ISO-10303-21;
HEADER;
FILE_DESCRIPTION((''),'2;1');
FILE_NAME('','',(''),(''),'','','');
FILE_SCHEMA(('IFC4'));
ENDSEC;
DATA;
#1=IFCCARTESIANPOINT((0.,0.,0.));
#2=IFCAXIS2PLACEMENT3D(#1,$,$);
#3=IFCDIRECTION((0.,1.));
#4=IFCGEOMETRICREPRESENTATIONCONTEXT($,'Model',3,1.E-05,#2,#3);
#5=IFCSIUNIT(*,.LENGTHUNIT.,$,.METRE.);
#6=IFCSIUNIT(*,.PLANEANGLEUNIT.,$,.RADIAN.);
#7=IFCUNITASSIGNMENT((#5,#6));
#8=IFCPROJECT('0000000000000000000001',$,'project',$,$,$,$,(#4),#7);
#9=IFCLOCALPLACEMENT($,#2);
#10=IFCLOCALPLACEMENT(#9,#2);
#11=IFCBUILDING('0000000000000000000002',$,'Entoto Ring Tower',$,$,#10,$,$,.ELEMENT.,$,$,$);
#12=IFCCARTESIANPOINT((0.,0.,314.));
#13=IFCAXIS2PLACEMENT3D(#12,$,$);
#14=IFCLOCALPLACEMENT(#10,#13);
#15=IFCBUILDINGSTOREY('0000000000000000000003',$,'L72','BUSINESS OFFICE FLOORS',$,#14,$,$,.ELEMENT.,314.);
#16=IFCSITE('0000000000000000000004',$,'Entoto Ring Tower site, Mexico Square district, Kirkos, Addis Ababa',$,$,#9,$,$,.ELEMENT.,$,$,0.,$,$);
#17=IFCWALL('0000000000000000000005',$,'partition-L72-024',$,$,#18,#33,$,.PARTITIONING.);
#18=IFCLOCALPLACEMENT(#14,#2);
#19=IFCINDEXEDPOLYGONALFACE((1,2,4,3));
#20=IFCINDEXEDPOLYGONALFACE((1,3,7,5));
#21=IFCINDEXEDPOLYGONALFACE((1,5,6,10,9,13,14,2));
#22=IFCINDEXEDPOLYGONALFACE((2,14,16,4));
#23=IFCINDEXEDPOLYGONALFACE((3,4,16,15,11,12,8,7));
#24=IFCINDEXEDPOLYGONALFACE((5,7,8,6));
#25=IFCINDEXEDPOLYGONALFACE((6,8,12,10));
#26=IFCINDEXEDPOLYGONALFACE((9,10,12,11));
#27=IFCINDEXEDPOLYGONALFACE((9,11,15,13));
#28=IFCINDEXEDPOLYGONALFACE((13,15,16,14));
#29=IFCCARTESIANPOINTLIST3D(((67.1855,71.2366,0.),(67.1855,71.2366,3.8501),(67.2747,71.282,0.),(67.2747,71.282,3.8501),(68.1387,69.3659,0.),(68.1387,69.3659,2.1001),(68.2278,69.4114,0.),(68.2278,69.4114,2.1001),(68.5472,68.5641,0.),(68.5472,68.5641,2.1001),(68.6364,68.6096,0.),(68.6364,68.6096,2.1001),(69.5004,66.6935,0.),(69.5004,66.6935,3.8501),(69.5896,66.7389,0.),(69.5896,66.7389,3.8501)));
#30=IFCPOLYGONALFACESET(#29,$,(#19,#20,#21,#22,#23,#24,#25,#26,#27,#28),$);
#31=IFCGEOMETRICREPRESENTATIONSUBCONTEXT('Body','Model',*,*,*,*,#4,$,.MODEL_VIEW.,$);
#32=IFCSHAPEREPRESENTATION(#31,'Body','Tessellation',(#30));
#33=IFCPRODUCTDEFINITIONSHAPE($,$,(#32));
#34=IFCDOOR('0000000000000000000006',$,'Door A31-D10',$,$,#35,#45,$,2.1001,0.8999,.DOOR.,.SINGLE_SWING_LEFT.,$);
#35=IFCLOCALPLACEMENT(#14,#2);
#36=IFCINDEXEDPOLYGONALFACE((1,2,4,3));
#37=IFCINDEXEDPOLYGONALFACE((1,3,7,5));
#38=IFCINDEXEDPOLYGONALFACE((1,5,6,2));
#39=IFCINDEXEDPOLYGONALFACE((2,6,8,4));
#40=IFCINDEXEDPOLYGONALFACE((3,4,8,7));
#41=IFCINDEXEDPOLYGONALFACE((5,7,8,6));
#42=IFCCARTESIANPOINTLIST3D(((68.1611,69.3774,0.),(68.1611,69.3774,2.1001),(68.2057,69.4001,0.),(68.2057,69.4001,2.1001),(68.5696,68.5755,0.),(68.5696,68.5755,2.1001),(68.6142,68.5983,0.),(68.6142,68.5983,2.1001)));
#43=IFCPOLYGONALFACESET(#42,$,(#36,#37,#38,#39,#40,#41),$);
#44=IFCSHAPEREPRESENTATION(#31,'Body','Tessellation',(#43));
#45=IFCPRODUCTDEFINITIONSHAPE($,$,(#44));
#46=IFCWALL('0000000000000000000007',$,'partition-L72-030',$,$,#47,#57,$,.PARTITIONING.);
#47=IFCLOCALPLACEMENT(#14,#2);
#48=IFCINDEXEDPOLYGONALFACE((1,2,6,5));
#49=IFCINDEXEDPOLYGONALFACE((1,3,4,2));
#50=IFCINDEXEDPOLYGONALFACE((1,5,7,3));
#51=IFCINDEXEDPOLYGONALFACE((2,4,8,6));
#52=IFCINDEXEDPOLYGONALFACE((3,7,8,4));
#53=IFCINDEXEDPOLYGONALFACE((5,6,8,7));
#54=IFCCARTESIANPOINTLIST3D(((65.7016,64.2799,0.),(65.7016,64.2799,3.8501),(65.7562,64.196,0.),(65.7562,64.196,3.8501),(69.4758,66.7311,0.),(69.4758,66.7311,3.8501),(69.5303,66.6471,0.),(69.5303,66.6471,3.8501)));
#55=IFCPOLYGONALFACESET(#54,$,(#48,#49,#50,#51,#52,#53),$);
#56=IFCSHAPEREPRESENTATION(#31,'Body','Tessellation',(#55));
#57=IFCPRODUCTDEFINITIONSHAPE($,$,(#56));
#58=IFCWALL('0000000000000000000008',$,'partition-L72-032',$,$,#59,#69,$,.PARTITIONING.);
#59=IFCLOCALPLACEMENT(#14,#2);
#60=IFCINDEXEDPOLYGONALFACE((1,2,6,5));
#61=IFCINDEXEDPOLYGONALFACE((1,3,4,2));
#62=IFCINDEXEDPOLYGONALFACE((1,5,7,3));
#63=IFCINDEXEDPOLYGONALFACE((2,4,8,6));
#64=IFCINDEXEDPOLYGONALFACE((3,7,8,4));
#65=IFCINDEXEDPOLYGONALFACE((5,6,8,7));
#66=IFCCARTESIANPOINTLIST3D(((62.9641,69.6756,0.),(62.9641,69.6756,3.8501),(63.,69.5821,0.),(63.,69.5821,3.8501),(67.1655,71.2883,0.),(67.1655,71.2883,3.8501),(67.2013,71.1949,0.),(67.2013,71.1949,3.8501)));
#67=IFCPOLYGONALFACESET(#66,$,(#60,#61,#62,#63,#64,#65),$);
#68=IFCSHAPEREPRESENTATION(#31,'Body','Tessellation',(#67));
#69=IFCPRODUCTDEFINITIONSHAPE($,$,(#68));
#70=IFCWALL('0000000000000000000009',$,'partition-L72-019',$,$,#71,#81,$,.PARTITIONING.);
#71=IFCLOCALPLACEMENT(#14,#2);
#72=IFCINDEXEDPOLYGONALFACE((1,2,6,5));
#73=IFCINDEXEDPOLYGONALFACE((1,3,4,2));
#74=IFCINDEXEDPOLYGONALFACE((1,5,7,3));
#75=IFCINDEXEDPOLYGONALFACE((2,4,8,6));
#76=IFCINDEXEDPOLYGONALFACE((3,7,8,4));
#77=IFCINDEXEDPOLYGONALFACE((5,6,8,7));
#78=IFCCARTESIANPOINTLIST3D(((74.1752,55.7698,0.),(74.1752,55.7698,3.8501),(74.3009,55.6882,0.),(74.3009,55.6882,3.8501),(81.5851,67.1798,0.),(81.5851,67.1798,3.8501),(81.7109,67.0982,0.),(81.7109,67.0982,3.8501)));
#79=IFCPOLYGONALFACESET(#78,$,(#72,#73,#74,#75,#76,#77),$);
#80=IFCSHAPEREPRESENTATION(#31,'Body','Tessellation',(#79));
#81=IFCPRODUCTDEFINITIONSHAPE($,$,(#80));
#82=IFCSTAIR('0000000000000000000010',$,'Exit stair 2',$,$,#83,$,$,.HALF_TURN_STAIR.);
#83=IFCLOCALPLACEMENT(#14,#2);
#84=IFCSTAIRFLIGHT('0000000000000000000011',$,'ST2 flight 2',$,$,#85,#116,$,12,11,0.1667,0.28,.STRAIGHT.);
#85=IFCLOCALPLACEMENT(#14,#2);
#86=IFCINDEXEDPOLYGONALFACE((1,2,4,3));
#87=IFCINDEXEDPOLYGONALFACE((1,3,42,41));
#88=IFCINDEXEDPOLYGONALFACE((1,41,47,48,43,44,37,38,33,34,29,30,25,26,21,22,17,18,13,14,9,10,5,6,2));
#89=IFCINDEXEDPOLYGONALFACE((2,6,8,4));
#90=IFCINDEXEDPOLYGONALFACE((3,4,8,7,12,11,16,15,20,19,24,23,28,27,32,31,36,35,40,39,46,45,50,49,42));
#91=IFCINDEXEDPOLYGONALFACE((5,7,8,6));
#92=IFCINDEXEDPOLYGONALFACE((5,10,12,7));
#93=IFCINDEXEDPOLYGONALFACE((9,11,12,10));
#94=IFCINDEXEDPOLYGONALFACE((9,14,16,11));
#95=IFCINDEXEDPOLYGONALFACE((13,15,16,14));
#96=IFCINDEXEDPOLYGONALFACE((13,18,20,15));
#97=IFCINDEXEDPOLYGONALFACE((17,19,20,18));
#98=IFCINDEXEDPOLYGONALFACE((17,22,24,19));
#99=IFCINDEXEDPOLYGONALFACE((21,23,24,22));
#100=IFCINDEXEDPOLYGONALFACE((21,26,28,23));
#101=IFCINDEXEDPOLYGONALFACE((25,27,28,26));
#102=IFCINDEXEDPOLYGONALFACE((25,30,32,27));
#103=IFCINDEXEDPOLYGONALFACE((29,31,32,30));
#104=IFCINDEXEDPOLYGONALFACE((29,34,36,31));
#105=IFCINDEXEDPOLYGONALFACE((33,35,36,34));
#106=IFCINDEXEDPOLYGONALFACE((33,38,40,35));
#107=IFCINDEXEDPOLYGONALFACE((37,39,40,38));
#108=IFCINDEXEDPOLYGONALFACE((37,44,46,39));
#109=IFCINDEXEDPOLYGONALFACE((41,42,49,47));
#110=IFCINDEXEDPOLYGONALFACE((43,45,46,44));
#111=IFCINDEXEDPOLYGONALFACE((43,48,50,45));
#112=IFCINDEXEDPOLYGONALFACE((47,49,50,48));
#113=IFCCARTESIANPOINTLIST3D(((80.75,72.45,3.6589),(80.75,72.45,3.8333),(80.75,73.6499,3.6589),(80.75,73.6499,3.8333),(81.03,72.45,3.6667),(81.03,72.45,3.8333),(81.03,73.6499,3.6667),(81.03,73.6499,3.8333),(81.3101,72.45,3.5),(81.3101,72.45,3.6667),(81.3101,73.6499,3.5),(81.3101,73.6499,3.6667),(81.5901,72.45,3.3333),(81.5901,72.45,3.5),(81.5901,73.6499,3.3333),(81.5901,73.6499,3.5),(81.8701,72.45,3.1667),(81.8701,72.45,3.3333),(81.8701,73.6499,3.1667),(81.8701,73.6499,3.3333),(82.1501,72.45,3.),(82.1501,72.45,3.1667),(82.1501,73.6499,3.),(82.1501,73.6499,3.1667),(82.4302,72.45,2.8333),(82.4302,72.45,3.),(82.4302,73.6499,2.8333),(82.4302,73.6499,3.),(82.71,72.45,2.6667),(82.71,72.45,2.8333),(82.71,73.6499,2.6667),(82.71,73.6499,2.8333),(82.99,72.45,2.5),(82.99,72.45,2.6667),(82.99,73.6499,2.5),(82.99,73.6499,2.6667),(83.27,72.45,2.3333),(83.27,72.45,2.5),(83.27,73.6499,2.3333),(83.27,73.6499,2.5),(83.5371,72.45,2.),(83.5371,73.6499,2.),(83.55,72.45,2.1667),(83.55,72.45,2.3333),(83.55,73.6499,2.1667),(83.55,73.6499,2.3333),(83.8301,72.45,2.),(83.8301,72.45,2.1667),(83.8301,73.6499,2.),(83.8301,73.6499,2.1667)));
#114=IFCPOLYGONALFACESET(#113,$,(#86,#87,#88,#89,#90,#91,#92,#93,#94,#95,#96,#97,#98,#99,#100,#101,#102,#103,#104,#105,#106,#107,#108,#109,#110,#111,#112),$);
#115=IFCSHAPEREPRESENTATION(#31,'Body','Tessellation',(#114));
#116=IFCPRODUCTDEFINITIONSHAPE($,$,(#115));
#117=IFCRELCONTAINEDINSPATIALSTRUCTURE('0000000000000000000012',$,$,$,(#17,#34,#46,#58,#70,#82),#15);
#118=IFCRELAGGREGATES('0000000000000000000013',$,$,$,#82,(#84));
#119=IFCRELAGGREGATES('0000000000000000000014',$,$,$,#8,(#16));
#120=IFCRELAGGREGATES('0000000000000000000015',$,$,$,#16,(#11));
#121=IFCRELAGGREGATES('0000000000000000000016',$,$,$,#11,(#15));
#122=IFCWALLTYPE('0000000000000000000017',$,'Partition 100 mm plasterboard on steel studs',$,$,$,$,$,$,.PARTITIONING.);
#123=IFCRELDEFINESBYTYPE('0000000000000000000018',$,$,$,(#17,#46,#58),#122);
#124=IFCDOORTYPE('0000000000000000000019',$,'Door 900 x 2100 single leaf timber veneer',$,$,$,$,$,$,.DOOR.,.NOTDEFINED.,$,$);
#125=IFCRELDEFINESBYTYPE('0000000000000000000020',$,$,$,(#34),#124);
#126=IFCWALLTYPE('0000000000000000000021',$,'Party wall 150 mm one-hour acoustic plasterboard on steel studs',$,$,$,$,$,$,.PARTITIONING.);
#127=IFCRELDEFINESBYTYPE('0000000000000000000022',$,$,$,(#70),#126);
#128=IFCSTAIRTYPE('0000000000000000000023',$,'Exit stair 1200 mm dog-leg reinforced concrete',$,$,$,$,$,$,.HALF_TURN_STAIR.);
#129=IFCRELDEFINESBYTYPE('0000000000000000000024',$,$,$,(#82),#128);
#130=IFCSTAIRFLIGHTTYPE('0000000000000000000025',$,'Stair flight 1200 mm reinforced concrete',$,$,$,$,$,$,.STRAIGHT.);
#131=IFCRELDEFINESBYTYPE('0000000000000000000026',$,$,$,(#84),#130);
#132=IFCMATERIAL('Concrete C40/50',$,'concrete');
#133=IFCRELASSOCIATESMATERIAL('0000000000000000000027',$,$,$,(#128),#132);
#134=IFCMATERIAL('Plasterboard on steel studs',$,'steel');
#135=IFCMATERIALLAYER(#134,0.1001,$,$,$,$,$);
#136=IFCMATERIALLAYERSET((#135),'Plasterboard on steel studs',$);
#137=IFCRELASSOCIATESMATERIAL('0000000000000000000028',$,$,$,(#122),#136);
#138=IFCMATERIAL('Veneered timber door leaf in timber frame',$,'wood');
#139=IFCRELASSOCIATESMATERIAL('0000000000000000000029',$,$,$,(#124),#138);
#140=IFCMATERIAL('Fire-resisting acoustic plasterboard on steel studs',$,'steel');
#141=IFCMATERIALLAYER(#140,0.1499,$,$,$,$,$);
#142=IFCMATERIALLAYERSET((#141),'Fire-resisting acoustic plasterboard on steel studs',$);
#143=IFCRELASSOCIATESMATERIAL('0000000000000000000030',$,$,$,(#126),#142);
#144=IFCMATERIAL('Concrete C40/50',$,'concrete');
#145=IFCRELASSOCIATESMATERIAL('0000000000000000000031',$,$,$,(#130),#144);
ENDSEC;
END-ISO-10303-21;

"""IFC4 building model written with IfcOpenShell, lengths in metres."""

from ifc_helpers import new_model, si_unit, direction, frame, frame_2d, origin, place, context, subcontext, project, spatial, polyline, rectangle, outline, extrude, material, layer, layer_set, type_object, element, fill, aggregate, save


model = new_model("IFC4")

# Units and contexts
model_context = context("Model", 3, precision=1e-05, world=origin(), true_north=direction((0.0, 1.0)))
body_context = subcontext(model_context, "Body", "Model", "MODEL_VIEW")
ifc_project = project(units=[si_unit("LENGTHUNIT", "METRE"), si_unit("PLANEANGLEUNIT", "RADIAN")], contexts=[model_context])

# Site, building, storey
site_placement = place(None, origin())
site = spatial("IfcSite", under=ifc_project, at=site_placement, Name="Entoto Ring Tower site, Mexico Square district, Kirkos, Addis Ababa", CompositionType="ELEMENT", RefElevation=0.0)
building_placement = place(site_placement, origin())
building = spatial("IfcBuilding", under=site, at=building_placement, Name="Entoto Ring Tower", CompositionType="ELEMENT")
storey_placement = place(building_placement, frame((0.0, 0.0, 314.0)))
storey = spatial("IfcBuildingStorey", under=building, at=storey_placement, Name="L72", Description="BUSINESS OFFICE FLOORS", CompositionType="ELEMENT", Elevation=314.0)

# Shared definitions
ifc_material_1 = material(Name="Concrete C40/50", Category="concrete")
stair_type = type_object("IfcStairType", Name="Exit stair 1200 mm dog-leg reinforced concrete", PredefinedType="HALF_TURN_STAIR", material=ifc_material_1)

# Wall, opening, door
ifc_material_2 = material(Name="Plasterboard on steel studs", Category="steel")
ifc_layer_1 = layer(ifc_material_2, 0.1001)
ifc_layer_set_1 = layer_set([ifc_layer_1], Name="Plasterboard on steel studs")
wall_type_1 = type_object("IfcWallType", Name="Partition 100 mm plasterboard on steel studs", PredefinedType="PARTITIONING", material=ifc_layer_set_1)
wall_1_placement = place(storey_placement, frame((69.5449, 66.7163, 0.0), z_axis=(0.0, 0.0, 1.0), x_axis=(-0.454, 0.891002, 0.0)))
wall_1 = element("IfcWall", 1, at=wall_1_placement, inside=storey, type_object=wall_type_1, Name="partition-L72-024", PredefinedType="PARTITIONING", context=body_context, shape_type="SweptSolid", body=[
    extrude(rectangle(XDim=5.0989, YDim=0.1001, at=frame_2d((2.5493, 0.0))), origin(), (0.0, 0.0, 1.0), 3.8501),
])
opening_1_placement = place(wall_1_placement, frame((2.0994, 0.0, 0.0)))
opening_1 = element("IfcOpeningElement", 2, at=opening_1_placement, cuts=wall_1, PredefinedType="OPENING", context=body_context, shape_type="SweptSolid", body=[
    extrude(rectangle(XDim=0.8999, YDim=2.1001, at=frame_2d((0.45, 1.05))), frame((0.0, 0.0601, 0.0), z_axis=(0.0, -1.0, 0.0), x_axis=(1.0, 0.0, 0.0)), (0.0, 0.0, 1.0), 0.1201),
])
ifc_material_3 = material(Name="Veneered timber door leaf in timber frame", Category="wood")
door_type_1 = type_object("IfcDoorType", Name="Door 900 x 2100 single leaf timber veneer", OperationType="NOTDEFINED", PredefinedType="DOOR", material=ifc_material_3)
door_1_placement = place(opening_1_placement, origin())
door_1 = element("IfcDoor", 3, at=door_1_placement, inside=storey, type_object=door_type_1, Name="Door A31-D10", OperationType="SINGLE_SWING_LEFT", OverallHeight=2.1001, OverallWidth=0.8999, PredefinedType="DOOR", context=body_context, shape_type="SweptSolid", body=[
    extrude(rectangle(XDim=0.8999, YDim=2.1001, at=frame_2d((0.45, 1.05))), frame((0.0, 0.0249, 0.0), z_axis=(0.0, -1.0, 0.0), x_axis=(1.0, 0.0, 0.0)), (0.0, 0.0, 1.0), 0.05),
])
fill(opening_1, door_1)

# Walls
for number, where, z_axis, x_axis, name in (
    (4, (65.729, 64.238, 0.0), (0.0, 0.0, 1.0), (0.838651, 0.54467, 0.0), "partition-L72-030"),
    (5, (62.9822, 69.6289, 0.0), (0.0, 0.0, 1.0), (0.933579, 0.358372, 0.0), "partition-L72-032"),
):
    element("IfcWall", number, at=place(storey_placement, frame(where, z_axis=z_axis, x_axis=x_axis)), inside=storey, type_object=wall_type_1, Name=name, PredefinedType="PARTITIONING", context=body_context, shape_type="SweptSolid", body=[
        extrude(rectangle(XDim=4.5002, YDim=0.1001, at=frame_2d((2.25, 0.0))), origin(), (0.0, 0.0, 1.0), 3.8501),
    ])
ifc_material_4 = material(Name="Fire-resisting acoustic plasterboard on steel studs", Category="steel")
ifc_layer_2 = layer(ifc_material_4, 0.1499)
ifc_layer_set_2 = layer_set([ifc_layer_2], Name="Fire-resisting acoustic plasterboard on steel studs")
wall_type_2 = type_object("IfcWallType", Name="Party wall 150 mm one-hour acoustic plasterboard on steel studs", PredefinedType="PARTITIONING", material=ifc_layer_set_2)
wall_2_placement = place(storey_placement, frame((74.238, 55.729, 0.0), z_axis=(0.0, 0.0, 1.0), x_axis=(0.544651, 0.838663, 0.0)))
element("IfcWall", 6, at=wall_2_placement, inside=storey, type_object=wall_type_2, Name="partition-L72-019", PredefinedType="PARTITIONING", context=body_context, shape_type="SweptSolid", body=[
    extrude(rectangle(XDim=13.605, YDim=0.1499, at=frame_2d((6.8025, 0.0))), origin(), (0.0, 0.0, 1.0), 3.8501),
])

# Stair, stair flight
stair_1_placement = place(storey_placement, origin())
stair_1 = element("IfcStair", 7, at=stair_1_placement, inside=storey, type_object=stair_type, Name="Exit stair 2", PredefinedType="HALF_TURN_STAIR")
ifc_material_5 = material(Name="Concrete C40/50", Category="concrete")
stair_flight_type = type_object("IfcStairFlightType", Name="Stair flight 1200 mm reinforced concrete", PredefinedType="STRAIGHT", material=ifc_material_5)
stair_flight_placement = place(storey_placement, frame((83.8301, 73.05, 2.0), z_axis=(0.0, 0.0, 1.0), x_axis=(-1.0, 0.0, 0.0)))
stair_flight = element("IfcStairFlight", 8, at=stair_flight_placement, type_object=stair_flight_type, Name="ST2 flight 2", NumberOfRisers=12, NumberOfTreads=11, PredefinedType="STRAIGHT", RiserHeight=0.1667, TreadLength=0.28, context=body_context, shape_type="SweptSolid", body=[
    extrude(outline(polyline([(0.0, 0.0), (0.0, 0.1667), (0.28, 0.1667), (0.28, 0.3333), (0.5601, 0.3333), (0.5601, 0.5), (0.8401, 0.5), (0.8401, 0.6667), (1.1201, 0.6667), (1.1201, 0.8333), (1.3999, 0.8333), (1.3999, 1.0), (1.6799, 1.0), (1.6799, 1.1667), (1.96, 1.1667), (1.96, 1.3333), (2.24, 1.3333), (2.24, 1.5), (2.52, 1.5), (2.52, 1.6667), (2.8, 1.6667), (2.8, 1.8333), (3.0801, 1.8333), (3.0801, 2.0), (3.0801, 1.6589), (0.293, 0.0), (0.0, 0.0)])), frame((0.0, 0.6001, 0.0), z_axis=(0.0, -1.0, 0.0), x_axis=(1.0, 0.0, 0.0)), (0.0, 0.0, 1.0), 1.2),
])
aggregate(stair_1, [stair_flight])

save(model, "model.ifc")
